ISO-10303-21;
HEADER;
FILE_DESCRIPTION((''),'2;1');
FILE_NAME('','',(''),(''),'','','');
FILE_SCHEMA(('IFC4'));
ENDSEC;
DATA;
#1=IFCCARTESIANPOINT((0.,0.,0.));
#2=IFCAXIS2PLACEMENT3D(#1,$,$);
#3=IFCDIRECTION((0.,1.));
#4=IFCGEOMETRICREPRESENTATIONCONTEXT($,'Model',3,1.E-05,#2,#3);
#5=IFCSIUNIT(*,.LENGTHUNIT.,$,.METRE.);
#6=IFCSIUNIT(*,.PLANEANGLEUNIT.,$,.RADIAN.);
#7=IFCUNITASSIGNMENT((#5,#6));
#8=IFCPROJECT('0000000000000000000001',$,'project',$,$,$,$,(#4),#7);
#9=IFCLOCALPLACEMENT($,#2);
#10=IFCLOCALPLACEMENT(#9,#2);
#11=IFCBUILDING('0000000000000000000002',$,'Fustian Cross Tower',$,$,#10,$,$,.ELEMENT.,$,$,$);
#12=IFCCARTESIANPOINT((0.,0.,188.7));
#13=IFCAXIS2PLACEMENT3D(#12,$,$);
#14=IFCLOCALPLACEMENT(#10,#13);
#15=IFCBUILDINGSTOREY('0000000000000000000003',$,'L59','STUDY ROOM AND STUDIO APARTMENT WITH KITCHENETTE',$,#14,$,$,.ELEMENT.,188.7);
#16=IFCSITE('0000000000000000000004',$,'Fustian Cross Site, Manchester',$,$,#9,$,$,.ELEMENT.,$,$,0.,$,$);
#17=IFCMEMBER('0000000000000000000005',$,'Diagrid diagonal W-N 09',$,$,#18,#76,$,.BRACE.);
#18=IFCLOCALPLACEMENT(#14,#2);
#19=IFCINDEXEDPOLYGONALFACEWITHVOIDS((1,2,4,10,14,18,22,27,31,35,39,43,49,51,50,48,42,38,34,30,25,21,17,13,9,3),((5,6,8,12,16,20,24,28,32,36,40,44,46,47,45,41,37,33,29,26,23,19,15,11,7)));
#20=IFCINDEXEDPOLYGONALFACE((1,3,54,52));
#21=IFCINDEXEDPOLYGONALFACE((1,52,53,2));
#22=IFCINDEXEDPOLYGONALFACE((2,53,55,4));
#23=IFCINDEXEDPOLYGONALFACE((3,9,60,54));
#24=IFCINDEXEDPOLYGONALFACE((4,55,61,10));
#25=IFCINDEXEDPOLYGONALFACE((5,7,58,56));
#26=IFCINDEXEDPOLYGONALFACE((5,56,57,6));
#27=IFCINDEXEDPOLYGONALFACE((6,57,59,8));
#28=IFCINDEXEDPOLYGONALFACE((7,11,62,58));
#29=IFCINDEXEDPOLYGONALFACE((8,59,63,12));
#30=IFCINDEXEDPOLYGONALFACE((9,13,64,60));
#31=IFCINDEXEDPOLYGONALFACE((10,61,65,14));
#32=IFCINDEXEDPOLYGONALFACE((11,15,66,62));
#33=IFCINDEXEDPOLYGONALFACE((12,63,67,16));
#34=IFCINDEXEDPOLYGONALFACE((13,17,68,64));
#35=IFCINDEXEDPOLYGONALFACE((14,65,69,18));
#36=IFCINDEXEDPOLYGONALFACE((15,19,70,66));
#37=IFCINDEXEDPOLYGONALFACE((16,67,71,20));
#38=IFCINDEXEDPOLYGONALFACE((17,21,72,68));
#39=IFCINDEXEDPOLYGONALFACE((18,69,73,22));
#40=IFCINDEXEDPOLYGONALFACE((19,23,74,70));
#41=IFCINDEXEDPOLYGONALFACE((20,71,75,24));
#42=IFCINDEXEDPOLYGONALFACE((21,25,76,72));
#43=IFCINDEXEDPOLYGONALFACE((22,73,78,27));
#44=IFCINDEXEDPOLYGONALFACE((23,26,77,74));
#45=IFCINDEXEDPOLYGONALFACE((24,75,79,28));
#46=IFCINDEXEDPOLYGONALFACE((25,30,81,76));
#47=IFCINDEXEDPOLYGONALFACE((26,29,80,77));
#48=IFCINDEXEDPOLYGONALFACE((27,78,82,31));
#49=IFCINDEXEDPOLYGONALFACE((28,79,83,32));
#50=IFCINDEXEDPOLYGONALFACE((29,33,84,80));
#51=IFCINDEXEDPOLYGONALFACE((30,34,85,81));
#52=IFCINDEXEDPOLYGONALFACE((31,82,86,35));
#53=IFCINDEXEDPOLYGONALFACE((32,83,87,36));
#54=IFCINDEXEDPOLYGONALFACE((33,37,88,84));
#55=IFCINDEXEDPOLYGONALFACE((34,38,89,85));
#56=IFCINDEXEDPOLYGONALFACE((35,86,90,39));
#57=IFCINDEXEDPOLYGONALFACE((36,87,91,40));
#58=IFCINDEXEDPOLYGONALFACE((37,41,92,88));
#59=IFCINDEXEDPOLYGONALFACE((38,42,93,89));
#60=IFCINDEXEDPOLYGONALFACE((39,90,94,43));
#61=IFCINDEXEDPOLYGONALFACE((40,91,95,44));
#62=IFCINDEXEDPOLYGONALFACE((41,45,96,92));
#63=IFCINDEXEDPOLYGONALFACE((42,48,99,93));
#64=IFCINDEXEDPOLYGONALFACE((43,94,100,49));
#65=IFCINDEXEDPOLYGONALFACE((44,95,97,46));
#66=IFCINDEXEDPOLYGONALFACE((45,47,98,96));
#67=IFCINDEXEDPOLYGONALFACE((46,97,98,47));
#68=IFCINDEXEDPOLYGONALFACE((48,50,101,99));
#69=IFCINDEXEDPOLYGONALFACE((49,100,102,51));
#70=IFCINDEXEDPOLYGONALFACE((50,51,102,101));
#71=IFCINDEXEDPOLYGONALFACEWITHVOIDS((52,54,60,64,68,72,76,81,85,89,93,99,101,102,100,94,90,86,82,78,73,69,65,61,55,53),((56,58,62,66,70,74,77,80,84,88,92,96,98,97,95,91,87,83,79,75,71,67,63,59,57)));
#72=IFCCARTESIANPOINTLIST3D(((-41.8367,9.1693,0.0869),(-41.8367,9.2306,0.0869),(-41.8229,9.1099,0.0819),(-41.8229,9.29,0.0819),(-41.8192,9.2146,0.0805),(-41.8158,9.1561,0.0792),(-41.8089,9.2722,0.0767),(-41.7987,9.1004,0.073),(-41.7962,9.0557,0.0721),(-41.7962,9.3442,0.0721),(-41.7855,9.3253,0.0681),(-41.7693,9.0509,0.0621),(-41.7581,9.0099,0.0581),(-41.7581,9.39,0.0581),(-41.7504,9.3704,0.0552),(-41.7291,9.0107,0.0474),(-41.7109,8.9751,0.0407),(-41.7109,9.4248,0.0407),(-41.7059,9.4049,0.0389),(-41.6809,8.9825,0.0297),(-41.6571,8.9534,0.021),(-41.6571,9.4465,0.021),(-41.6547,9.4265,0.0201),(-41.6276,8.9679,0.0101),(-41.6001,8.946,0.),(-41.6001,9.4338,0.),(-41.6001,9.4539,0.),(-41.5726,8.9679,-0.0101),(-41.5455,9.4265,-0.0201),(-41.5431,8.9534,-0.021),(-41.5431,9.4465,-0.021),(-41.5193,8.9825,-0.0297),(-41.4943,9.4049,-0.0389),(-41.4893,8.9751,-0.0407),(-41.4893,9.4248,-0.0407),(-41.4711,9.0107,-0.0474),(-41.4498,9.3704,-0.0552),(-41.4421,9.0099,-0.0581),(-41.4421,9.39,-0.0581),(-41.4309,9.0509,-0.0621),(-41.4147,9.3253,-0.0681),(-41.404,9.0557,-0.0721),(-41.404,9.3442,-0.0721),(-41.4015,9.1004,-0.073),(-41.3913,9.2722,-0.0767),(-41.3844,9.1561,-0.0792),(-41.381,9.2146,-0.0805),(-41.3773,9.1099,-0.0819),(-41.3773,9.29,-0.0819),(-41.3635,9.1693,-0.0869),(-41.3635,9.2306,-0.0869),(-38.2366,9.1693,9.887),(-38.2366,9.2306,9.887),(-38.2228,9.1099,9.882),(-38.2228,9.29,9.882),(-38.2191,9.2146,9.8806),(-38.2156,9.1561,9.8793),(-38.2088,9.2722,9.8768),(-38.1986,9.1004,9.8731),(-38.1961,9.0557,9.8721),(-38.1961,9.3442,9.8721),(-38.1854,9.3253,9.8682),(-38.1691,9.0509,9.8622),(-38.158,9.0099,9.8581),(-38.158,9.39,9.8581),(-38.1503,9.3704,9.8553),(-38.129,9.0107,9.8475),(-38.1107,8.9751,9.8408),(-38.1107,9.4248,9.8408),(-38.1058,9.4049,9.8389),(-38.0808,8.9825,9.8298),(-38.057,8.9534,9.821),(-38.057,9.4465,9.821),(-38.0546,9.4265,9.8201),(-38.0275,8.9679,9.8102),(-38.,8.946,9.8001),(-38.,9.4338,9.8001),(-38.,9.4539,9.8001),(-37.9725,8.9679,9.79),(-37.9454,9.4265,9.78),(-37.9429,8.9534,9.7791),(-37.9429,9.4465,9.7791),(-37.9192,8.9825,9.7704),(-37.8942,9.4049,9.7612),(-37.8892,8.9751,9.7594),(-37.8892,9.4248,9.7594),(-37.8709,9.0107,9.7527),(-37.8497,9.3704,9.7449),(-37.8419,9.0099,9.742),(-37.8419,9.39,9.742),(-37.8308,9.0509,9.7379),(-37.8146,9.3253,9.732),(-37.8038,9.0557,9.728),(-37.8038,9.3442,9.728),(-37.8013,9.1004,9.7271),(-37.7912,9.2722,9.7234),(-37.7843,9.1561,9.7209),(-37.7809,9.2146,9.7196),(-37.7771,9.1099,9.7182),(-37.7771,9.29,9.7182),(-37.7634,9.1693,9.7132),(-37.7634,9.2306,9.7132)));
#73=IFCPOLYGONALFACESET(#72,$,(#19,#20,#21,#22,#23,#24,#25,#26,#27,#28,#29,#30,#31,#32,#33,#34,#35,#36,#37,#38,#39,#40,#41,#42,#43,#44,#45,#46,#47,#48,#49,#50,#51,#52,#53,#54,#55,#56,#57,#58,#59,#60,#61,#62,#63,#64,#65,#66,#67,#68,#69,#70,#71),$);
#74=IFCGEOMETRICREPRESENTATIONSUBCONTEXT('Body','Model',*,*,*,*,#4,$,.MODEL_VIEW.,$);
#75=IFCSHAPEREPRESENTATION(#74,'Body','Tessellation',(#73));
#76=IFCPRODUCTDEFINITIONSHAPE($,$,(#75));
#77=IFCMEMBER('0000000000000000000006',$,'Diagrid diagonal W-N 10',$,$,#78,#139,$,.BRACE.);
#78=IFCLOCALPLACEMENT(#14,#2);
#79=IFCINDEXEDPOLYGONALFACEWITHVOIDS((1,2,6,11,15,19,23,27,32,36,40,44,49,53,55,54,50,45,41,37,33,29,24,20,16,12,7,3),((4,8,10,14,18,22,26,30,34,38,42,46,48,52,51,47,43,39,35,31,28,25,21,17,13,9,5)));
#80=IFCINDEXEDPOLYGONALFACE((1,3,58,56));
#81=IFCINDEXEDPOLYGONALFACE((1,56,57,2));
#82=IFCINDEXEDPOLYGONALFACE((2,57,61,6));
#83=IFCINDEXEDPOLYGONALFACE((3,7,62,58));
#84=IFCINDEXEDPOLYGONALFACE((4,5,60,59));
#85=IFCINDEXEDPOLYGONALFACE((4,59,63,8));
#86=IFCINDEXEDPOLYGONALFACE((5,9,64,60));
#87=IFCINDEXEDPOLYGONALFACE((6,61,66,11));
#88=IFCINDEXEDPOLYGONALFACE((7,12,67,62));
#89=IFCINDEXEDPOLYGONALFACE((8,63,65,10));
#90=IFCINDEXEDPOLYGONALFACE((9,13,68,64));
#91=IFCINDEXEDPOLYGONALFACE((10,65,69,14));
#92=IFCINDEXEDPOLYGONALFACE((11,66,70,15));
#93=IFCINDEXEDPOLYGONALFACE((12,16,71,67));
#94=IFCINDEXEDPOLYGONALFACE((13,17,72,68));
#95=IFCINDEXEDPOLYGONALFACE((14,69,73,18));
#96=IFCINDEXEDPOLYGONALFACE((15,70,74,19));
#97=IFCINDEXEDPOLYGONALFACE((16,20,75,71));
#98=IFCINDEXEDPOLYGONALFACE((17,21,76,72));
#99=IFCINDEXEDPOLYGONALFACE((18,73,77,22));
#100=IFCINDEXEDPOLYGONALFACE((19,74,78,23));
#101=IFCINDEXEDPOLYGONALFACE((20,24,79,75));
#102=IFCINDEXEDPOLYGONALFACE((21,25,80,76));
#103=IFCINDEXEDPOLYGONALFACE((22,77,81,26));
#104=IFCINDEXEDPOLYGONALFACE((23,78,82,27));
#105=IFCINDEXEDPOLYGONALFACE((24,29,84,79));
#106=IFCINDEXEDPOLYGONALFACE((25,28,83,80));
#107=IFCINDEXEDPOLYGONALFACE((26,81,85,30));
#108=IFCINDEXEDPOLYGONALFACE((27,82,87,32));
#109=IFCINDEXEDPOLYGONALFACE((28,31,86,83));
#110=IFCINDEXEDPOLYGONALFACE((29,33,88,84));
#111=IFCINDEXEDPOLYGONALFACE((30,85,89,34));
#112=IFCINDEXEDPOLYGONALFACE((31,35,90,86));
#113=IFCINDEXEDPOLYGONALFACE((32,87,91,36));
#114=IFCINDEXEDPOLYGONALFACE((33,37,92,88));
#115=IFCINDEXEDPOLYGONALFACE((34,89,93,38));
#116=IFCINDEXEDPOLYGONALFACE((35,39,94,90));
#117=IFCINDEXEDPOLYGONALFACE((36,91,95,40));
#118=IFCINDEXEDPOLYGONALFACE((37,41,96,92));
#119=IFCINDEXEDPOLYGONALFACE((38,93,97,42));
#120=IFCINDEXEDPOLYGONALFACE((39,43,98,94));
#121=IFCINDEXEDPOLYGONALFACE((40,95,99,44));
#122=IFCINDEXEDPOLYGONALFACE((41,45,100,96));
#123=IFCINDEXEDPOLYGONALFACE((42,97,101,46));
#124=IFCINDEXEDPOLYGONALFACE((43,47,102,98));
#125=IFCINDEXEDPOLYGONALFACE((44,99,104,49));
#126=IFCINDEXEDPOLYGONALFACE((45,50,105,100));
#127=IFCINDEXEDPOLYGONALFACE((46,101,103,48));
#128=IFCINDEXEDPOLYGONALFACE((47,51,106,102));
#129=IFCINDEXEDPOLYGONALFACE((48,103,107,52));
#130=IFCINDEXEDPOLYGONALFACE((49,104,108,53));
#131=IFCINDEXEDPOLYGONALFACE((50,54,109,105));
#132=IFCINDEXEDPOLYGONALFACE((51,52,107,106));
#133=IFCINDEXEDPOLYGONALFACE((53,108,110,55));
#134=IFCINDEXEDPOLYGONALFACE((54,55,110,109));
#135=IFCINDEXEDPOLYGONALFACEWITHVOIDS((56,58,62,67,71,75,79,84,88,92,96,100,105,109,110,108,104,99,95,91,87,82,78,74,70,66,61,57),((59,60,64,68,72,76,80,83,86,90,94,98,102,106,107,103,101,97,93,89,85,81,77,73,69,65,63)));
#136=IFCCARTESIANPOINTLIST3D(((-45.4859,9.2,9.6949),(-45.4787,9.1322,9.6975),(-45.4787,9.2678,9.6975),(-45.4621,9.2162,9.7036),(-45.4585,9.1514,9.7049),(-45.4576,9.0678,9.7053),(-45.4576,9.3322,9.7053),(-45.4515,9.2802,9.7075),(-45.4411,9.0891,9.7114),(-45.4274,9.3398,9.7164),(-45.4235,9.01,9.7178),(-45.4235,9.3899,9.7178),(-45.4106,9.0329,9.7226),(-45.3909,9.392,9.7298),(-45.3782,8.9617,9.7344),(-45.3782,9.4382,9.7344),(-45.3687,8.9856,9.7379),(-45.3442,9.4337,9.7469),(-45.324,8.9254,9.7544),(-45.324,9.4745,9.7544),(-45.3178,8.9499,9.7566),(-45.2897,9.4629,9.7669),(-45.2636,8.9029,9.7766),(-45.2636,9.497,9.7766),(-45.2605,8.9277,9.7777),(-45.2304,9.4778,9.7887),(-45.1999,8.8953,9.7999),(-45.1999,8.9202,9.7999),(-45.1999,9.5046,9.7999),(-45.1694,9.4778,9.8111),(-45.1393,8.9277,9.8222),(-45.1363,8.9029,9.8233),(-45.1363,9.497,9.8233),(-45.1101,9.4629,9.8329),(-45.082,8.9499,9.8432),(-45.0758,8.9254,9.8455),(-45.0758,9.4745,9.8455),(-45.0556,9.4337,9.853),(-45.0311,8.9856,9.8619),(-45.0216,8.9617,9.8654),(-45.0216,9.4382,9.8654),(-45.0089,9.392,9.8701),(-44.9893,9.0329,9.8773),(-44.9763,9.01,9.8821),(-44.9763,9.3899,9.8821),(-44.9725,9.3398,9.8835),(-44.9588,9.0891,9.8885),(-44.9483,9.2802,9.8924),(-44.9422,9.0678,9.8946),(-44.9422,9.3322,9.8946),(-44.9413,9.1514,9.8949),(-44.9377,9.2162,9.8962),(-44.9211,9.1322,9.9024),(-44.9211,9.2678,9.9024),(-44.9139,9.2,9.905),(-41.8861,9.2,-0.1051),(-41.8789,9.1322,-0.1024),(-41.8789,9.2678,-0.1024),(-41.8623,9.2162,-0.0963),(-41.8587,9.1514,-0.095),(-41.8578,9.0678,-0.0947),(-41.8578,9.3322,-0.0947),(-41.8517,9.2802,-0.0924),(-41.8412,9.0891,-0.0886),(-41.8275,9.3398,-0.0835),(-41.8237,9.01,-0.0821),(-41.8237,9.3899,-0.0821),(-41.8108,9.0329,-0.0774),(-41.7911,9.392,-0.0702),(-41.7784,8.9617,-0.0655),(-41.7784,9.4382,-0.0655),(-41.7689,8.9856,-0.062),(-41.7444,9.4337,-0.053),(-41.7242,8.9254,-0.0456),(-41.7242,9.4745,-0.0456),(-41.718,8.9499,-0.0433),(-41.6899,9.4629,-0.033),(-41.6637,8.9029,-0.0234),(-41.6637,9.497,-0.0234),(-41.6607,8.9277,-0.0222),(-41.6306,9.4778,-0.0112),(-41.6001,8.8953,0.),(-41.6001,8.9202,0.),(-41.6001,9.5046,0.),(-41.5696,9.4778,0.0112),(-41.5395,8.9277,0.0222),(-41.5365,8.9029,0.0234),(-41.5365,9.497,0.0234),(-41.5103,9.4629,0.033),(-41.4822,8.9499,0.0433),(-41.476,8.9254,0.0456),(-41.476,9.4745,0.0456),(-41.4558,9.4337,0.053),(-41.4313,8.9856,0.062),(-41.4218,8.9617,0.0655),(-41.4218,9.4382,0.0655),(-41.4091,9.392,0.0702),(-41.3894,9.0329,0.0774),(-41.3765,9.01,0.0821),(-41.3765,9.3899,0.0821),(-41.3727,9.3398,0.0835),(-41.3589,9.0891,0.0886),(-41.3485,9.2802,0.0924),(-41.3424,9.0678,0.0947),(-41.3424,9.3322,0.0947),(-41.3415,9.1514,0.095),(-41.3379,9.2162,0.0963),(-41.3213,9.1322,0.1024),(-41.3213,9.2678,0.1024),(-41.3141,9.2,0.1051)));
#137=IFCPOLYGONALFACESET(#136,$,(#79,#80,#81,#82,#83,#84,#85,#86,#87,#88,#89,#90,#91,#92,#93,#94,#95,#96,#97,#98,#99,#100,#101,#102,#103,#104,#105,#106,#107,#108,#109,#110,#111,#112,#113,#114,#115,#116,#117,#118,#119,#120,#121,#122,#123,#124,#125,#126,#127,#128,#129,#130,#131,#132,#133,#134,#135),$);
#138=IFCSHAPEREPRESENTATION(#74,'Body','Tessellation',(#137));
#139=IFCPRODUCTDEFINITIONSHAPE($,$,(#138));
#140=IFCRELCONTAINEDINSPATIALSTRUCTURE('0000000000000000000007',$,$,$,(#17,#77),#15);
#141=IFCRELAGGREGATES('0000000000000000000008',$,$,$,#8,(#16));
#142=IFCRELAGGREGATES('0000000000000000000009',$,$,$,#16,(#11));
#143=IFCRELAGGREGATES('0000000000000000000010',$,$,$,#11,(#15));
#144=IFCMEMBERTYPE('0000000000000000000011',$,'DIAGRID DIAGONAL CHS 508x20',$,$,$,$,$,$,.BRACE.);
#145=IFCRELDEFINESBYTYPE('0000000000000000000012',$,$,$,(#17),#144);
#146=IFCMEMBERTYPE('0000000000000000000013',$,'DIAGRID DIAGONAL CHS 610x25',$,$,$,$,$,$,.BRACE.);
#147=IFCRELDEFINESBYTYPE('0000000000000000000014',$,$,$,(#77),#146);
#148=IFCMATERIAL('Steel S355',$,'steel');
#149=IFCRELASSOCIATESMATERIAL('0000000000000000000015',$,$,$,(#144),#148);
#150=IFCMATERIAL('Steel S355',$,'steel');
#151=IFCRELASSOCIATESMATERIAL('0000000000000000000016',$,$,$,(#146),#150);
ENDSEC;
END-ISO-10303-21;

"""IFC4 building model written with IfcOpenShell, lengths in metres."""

from ifc_helpers import new_model, si_unit, direction, frame, origin, origin_2d, place, context, subcontext, project, spatial, hollow_circle, extrude, material, material_profile, profile_set, type_object, element, save


model = new_model("IFC4")

# Units and contexts
model_context = context("Model", 3, precision=1e-05, world=origin(), true_north=direction((0.0, 1.0)))
body_context = subcontext(model_context, "Body", "Model", "MODEL_VIEW")
ifc_project = project(units=[si_unit("LENGTHUNIT", "METRE"), si_unit("PLANEANGLEUNIT", "RADIAN")], contexts=[model_context])

# Site, building, storey
site_placement = place(None, origin())
site = spatial("IfcSite", under=ifc_project, at=site_placement, Name="Fustian Cross Site, Manchester", CompositionType="ELEMENT", RefElevation=0.0)
building_placement = place(site_placement, origin())
building = spatial("IfcBuilding", under=site, at=building_placement, Name="Fustian Cross Tower", CompositionType="ELEMENT")
storey_placement = place(building_placement, frame((0.0, 0.0, 188.7)))
storey = spatial("IfcBuildingStorey", under=building, at=storey_placement, Name="L59", Description="STUDY ROOM AND STUDIO APARTMENT WITH KITCHENETTE", CompositionType="ELEMENT", Elevation=188.7)

# Members
ifc_material_1 = material(Name="Steel S355", Category="steel")
ifc_material_profile_1 = material_profile(ifc_material_1, hollow_circle(Radius=0.2539, WallThickness=0.02, at=origin_2d()), Name="CHS 508x20")
ifc_profile_set_1 = profile_set([ifc_material_profile_1], Name="Steel S355")
member_type_1 = type_object("IfcMemberType", Name="DIAGRID DIAGONAL CHS 508x20", PredefinedType="BRACE", material=ifc_profile_set_1)
for number, where, z_axis, x_axis, name in (
    (1, (-41.6001, 9.2, 0.0), (0.344824, 0.0, 0.938667), (0.0, 1.0, 0.0), "Diagrid diagonal W-N 09"),
):
    element("IfcMember", number, at=place(storey_placement, frame(where, z_axis=z_axis, x_axis=x_axis)), inside=storey, type_object=member_type_1, Name=name, PredefinedType="BRACE", context=body_context, shape_type="SweptSolid", body=[
        extrude(hollow_circle(Radius=0.2539, WallThickness=0.02, at=origin_2d()), origin(), (0.0, 0.0, 1.0), 10.4404),
    ])
ifc_material_2 = material(Name="Steel S355", Category="steel")
ifc_material_profile_2 = material_profile(ifc_material_2, hollow_circle(Radius=0.3047, WallThickness=0.0249, at=origin_2d()), Name="CHS 610x25")
ifc_profile_set_2 = profile_set([ifc_material_profile_2], Name="Steel S355")
member_type_2 = type_object("IfcMemberType", Name="DIAGRID DIAGONAL CHS 610x25", PredefinedType="BRACE", material=ifc_profile_set_2)
member_1_placement = place(storey_placement, frame((-41.6001, 9.2, 0.0), z_axis=(-0.344804, 0.0, 0.938675), x_axis=(0.0, -1.0, 0.0)))
element("IfcMember", 2, at=member_1_placement, inside=storey, type_object=member_type_2, Name="Diagrid diagonal W-N 10", PredefinedType="BRACE", context=body_context, shape_type="SweptSolid", body=[
    extrude(hollow_circle(Radius=0.3047, WallThickness=0.0249, at=origin_2d()), origin(), (0.0, 0.0, 1.0), 10.4402),
])

save(model, "model.ifc")
